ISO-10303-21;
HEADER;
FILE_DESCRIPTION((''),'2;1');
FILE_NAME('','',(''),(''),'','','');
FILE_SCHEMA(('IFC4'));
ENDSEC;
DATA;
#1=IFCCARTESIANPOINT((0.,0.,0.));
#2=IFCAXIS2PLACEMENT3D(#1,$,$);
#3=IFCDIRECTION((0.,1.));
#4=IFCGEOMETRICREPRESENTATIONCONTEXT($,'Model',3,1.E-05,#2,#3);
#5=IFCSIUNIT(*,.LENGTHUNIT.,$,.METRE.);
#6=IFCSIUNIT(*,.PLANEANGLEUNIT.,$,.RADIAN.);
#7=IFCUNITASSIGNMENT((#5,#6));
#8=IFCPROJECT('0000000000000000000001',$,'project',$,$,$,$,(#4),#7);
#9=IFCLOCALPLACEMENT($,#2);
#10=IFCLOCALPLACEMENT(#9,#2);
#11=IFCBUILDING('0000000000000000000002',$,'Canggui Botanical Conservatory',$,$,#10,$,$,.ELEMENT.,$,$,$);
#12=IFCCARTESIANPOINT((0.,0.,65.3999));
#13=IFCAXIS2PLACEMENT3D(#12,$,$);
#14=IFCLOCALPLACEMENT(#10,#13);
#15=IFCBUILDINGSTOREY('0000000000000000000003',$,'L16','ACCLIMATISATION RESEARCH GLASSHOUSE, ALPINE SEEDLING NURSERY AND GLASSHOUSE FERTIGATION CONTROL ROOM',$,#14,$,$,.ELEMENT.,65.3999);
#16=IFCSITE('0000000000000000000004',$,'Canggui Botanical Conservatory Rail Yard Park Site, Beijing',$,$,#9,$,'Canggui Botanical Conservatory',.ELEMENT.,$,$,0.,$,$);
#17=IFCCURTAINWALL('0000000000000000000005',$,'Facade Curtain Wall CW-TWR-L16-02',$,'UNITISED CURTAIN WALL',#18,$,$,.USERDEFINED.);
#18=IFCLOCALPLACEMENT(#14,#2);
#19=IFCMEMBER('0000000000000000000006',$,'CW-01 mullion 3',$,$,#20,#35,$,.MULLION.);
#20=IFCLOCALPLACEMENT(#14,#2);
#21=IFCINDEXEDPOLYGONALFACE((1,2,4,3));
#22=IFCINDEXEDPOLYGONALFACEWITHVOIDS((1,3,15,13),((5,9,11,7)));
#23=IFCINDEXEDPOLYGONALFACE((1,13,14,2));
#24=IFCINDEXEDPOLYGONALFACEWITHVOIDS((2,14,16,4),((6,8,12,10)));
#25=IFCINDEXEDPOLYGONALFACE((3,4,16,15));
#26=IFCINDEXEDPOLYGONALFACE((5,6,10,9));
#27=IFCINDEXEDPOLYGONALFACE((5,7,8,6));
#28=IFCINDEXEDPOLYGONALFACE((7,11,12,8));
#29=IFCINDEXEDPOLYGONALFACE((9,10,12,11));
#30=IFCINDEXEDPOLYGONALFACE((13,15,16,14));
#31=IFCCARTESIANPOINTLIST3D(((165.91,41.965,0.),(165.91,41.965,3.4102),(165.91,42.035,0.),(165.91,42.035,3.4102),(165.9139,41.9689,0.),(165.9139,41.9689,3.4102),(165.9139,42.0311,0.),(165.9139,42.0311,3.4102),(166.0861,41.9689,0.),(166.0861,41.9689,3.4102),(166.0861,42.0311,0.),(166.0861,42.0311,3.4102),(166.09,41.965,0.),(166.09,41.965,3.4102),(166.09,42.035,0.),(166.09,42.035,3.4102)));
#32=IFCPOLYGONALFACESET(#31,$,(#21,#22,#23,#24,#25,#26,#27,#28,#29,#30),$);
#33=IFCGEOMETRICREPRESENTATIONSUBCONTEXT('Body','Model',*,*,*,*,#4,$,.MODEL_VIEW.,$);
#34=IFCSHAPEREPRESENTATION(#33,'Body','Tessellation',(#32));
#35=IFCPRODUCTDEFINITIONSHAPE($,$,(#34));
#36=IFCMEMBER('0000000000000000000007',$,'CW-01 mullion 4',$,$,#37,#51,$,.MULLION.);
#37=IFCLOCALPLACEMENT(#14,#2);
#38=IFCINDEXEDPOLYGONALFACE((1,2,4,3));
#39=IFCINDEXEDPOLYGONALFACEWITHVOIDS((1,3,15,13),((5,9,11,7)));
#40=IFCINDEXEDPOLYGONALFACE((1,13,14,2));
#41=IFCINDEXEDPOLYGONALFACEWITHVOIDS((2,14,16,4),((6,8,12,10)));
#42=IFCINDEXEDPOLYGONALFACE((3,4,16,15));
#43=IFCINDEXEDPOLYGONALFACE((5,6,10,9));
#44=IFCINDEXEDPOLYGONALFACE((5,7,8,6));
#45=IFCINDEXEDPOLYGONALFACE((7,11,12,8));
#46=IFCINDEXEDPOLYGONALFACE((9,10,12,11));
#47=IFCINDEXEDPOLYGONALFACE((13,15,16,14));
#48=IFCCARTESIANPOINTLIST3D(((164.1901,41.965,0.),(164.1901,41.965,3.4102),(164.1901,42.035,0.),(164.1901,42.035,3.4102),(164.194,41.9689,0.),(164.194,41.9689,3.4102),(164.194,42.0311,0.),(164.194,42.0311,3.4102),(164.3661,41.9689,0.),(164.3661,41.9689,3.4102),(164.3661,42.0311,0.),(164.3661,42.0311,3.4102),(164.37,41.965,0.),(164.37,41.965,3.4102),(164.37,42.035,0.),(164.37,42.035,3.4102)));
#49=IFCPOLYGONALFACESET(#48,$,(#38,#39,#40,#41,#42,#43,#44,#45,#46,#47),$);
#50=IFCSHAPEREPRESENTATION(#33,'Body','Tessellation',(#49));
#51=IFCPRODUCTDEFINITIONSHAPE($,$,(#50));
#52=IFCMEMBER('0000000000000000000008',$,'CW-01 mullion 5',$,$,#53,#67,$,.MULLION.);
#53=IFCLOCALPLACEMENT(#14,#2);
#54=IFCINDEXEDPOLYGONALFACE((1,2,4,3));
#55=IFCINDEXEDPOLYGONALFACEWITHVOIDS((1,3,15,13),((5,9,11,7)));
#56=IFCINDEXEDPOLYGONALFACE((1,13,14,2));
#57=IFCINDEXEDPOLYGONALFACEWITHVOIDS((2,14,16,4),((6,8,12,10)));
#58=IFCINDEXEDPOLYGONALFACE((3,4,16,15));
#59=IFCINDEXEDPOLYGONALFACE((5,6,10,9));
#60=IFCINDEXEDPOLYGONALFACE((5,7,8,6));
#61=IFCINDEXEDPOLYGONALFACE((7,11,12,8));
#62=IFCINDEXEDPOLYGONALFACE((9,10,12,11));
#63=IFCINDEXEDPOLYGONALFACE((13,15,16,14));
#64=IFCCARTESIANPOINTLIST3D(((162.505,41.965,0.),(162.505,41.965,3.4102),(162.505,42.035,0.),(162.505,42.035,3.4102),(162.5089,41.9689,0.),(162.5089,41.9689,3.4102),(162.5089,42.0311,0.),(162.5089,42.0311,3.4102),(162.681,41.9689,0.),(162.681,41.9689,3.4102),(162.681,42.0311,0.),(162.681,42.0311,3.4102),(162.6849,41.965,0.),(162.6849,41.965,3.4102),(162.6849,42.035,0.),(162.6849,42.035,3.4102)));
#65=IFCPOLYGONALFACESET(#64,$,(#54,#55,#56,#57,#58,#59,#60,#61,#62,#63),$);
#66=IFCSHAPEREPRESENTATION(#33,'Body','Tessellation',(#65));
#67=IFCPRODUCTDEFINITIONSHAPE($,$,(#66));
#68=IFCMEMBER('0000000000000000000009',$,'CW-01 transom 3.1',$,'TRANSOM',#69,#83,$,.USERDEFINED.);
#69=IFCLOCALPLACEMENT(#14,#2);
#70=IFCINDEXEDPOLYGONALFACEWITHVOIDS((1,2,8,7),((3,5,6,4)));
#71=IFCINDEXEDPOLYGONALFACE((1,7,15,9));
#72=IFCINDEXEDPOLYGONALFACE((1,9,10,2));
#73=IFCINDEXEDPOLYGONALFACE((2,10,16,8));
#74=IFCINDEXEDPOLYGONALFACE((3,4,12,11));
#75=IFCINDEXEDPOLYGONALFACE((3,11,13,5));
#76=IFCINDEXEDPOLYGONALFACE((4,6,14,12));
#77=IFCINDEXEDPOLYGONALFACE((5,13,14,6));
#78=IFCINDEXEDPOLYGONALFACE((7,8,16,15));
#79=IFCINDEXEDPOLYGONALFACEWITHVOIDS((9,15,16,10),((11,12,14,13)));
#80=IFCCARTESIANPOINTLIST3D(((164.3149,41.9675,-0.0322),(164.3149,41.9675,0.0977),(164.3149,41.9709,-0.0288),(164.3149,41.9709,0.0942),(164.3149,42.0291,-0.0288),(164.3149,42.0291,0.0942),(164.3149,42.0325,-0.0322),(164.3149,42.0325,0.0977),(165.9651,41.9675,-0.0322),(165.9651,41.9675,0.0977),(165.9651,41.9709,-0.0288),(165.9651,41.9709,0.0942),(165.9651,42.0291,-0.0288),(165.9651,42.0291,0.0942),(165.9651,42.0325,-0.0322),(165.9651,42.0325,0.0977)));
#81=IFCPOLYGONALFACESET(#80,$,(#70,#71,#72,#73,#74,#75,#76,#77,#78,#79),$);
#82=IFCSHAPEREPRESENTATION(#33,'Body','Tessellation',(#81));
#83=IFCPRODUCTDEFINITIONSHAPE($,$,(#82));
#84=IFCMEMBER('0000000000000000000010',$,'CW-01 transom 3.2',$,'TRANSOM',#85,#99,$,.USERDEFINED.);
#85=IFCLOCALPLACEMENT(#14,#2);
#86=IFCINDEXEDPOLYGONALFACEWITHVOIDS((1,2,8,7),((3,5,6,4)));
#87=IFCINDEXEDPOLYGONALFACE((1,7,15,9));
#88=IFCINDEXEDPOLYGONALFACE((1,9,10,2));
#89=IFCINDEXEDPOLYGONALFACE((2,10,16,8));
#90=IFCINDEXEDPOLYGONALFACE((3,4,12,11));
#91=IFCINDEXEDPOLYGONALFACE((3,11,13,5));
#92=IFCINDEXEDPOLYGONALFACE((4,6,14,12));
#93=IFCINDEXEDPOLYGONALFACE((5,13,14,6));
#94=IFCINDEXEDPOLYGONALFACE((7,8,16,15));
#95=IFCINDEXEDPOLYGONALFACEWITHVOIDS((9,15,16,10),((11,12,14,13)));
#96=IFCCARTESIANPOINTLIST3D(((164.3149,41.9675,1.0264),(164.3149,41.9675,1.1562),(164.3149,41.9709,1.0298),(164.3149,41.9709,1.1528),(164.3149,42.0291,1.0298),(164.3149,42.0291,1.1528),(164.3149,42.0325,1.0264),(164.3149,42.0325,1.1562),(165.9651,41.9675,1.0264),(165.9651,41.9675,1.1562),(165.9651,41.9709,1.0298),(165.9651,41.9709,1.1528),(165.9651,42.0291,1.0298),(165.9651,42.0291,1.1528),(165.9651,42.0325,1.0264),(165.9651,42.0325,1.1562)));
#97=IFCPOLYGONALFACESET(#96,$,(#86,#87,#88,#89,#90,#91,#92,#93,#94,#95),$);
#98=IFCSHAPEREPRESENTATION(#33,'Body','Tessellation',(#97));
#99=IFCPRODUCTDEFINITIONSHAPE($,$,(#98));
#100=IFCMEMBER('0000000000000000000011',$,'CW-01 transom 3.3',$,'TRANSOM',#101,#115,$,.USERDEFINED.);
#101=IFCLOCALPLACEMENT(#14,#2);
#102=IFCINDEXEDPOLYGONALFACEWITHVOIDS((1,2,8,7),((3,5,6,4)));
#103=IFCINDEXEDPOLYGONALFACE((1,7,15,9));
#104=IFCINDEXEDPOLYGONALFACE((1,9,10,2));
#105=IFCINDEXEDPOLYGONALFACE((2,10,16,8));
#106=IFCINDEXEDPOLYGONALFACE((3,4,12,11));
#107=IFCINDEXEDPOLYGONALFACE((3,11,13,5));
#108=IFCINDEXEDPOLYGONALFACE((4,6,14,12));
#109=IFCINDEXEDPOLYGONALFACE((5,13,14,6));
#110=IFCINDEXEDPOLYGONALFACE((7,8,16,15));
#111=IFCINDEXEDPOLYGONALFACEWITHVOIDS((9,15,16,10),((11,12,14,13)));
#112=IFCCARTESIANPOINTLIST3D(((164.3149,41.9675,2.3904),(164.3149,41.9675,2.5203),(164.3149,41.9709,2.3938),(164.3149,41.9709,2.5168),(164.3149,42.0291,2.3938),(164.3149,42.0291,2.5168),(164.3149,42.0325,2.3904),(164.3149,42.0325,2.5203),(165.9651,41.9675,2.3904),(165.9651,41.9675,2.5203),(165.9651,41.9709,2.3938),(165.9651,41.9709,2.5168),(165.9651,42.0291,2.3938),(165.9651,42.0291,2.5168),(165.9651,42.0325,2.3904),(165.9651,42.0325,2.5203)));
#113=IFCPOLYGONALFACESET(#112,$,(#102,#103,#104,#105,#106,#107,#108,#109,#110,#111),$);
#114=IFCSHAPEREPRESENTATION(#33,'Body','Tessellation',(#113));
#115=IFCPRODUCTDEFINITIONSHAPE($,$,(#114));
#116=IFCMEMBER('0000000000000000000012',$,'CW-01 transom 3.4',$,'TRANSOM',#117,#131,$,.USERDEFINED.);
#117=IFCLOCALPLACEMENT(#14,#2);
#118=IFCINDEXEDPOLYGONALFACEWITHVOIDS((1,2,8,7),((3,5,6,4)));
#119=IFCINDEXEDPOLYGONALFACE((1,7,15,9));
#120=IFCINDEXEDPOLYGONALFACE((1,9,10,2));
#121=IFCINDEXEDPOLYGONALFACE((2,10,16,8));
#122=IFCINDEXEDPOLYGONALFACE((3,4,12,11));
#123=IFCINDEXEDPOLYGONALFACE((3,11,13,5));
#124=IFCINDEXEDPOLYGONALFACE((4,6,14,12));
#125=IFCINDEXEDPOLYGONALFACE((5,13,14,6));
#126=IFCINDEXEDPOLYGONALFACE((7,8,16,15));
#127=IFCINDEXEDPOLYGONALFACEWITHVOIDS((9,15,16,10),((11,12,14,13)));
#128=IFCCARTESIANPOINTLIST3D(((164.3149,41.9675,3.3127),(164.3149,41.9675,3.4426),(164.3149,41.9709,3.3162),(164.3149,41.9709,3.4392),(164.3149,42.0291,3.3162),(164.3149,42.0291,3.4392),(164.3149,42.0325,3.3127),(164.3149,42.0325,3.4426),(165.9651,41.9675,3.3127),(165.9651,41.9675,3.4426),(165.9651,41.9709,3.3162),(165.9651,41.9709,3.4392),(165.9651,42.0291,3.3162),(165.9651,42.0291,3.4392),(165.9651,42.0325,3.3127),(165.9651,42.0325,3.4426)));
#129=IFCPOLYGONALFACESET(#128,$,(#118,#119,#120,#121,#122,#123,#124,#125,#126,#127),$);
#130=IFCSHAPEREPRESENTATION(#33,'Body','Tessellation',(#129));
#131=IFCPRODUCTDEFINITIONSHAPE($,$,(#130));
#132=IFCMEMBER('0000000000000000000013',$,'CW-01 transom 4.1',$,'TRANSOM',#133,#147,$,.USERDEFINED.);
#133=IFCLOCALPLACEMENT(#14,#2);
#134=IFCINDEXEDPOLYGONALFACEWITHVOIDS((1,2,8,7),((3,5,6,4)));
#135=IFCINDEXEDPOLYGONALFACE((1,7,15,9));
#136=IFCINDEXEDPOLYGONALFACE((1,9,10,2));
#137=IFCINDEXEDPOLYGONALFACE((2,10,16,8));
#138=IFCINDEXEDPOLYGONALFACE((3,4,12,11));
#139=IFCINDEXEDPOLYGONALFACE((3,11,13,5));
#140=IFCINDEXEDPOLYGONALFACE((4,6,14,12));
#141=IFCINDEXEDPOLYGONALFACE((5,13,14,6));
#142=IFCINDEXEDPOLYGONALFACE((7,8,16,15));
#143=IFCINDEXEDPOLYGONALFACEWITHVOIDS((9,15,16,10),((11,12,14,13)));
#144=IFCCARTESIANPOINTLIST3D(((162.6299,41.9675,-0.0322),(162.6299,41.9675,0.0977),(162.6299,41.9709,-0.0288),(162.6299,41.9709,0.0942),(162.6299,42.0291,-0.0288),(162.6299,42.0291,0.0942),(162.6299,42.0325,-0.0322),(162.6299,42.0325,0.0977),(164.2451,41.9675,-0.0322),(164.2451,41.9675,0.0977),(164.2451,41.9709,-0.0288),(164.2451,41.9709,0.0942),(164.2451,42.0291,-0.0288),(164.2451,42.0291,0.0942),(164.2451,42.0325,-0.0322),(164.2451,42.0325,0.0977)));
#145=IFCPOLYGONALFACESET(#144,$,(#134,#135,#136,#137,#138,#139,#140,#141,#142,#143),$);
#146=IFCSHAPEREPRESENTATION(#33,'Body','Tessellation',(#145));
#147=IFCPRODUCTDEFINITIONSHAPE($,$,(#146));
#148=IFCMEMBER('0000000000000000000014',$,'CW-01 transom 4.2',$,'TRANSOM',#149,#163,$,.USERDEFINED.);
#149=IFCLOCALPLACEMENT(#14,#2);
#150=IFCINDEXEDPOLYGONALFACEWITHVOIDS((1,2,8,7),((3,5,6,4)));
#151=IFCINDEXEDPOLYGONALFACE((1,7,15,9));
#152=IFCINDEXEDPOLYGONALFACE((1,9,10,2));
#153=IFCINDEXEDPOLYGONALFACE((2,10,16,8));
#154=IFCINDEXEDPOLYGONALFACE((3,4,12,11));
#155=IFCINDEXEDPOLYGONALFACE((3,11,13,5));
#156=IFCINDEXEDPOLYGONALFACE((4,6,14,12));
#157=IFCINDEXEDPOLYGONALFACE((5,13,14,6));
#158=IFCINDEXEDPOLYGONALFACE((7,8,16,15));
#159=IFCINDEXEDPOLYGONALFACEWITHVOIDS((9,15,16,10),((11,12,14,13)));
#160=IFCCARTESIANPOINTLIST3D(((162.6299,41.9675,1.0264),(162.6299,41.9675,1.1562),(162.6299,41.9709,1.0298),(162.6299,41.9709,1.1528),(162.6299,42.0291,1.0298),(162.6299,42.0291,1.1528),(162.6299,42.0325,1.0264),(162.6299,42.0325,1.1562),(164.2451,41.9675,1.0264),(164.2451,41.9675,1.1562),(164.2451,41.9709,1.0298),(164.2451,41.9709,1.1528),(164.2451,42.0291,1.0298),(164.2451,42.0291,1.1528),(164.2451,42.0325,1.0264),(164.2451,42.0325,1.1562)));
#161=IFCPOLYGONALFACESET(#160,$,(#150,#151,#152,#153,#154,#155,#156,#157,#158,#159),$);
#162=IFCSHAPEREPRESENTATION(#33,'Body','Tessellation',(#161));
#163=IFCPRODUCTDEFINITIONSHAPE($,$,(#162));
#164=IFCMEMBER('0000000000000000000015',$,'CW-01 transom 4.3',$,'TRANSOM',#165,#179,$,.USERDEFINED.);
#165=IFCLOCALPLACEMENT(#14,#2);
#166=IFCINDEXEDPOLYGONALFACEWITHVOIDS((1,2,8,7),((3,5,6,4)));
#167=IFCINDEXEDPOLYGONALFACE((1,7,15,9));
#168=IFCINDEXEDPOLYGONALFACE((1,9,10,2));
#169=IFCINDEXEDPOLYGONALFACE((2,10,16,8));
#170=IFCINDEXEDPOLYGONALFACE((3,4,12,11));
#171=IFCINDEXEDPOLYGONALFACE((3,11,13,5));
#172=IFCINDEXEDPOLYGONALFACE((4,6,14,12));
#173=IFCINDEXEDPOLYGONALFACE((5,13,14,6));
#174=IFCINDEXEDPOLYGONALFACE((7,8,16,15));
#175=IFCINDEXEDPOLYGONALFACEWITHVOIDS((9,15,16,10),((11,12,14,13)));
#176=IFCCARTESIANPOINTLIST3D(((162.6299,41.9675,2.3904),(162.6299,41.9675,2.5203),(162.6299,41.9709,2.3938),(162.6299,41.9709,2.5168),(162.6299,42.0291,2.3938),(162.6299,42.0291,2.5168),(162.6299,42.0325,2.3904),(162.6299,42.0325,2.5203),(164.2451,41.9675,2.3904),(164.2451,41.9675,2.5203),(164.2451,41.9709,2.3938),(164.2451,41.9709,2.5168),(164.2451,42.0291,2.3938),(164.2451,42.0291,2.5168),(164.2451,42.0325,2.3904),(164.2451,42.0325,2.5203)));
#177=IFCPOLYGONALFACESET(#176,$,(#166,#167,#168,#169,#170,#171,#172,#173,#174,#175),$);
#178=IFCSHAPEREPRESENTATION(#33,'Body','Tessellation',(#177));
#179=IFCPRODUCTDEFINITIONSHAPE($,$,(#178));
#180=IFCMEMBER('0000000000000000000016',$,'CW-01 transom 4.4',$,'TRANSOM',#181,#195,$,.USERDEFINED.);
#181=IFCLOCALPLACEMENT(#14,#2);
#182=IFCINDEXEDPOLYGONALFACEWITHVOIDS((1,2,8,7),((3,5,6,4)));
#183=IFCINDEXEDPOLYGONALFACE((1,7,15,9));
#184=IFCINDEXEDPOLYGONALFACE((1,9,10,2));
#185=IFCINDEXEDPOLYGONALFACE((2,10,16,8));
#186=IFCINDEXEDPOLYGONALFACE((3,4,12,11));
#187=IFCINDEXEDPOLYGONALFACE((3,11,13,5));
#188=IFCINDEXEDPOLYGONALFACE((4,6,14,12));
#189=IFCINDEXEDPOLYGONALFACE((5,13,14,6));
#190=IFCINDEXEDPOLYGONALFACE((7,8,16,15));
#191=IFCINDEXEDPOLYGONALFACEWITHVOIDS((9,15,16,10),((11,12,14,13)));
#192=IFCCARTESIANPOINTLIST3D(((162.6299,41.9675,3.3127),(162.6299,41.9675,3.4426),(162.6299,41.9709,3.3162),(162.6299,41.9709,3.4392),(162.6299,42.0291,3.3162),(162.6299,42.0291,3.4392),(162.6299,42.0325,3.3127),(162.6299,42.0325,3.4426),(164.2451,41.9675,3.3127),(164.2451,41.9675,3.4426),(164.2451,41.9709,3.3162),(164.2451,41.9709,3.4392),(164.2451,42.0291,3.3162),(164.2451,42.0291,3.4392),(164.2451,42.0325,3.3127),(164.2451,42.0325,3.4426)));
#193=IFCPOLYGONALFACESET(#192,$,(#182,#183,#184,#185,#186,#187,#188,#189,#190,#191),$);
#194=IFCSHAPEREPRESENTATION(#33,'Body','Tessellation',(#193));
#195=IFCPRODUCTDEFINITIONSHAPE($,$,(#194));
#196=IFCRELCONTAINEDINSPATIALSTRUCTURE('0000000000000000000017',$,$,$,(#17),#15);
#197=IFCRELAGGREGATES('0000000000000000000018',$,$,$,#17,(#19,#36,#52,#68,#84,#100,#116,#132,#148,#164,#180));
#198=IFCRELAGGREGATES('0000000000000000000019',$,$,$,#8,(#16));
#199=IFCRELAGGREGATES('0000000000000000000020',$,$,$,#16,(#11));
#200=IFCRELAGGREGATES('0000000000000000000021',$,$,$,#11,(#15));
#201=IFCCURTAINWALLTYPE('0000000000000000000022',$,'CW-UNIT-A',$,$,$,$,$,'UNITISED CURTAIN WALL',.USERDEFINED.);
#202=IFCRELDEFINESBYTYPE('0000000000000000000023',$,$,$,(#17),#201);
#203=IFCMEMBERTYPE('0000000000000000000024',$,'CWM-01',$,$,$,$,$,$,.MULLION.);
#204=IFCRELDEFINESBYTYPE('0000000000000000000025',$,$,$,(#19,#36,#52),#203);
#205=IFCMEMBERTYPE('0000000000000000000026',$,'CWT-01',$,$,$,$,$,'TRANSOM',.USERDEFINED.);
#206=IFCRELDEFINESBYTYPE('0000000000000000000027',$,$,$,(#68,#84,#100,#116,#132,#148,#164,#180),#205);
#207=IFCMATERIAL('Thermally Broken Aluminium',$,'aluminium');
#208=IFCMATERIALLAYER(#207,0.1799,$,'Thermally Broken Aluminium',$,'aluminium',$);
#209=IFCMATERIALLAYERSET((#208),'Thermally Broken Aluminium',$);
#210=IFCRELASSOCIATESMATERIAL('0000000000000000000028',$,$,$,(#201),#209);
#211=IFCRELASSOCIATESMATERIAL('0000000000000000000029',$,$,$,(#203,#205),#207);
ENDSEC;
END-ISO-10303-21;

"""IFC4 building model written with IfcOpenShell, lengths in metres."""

from ifc_helpers import new_model, si_unit, direction, frame, origin, origin_2d, place, context, subcontext, project, spatial, hollow_rectangle, extrude, material, layer, layer_set, material_profile, profile_set, type_object, element, aggregate, save


model = new_model("IFC4")

# Units and contexts
model_context = context("Model", 3, precision=1e-05, world=origin(), true_north=direction((0.0, 1.0)))
body_context = subcontext(model_context, "Body", "Model", "MODEL_VIEW")
ifc_project = project(units=[si_unit("LENGTHUNIT", "METRE"), si_unit("PLANEANGLEUNIT", "RADIAN")], contexts=[model_context])

# Site, building, storey
site_placement = place(None, origin())
site = spatial("IfcSite", under=ifc_project, at=site_placement, Name="Canggui Botanical Conservatory Rail Yard Park Site, Beijing", LongName="Canggui Botanical Conservatory", CompositionType="ELEMENT", RefElevation=0.0)
building_placement = place(site_placement, origin())
building = spatial("IfcBuilding", under=site, at=building_placement, Name="Canggui Botanical Conservatory", CompositionType="ELEMENT")
storey_placement = place(building_placement, frame((0.0, 0.0, 65.3999)))
storey = spatial("IfcBuildingStorey", under=building, at=storey_placement, Name="L16", Description="ACCLIMATISATION RESEARCH GLASSHOUSE, ALPINE SEEDLING NURSERY AND GLASSHOUSE FERTIGATION CONTROL ROOM", CompositionType="ELEMENT", Elevation=65.3999)

# Curtain wall, members
ifc_material_1 = material(Name="Thermally Broken Aluminium", Category="aluminium")
ifc_layer_1 = layer(ifc_material_1, 0.1799, Name="Thermally Broken Aluminium", Category="aluminium")
ifc_layer_set_1 = layer_set([ifc_layer_1], Name="Thermally Broken Aluminium")
curtain_wall_type = type_object("IfcCurtainWallType", Name="CW-UNIT-A", ElementType="UNITISED CURTAIN WALL", PredefinedType="USERDEFINED", material=ifc_layer_set_1)
curtain_wall_placement = place(storey_placement, origin())
curtain_wall = element("IfcCurtainWall", 1, at=curtain_wall_placement, inside=storey, type_object=curtain_wall_type, Name="Facade Curtain Wall CW-TWR-L16-02", ObjectType="UNITISED CURTAIN WALL", PredefinedType="USERDEFINED")
ifc_material_profile_1 = material_profile(ifc_material_1, hollow_rectangle(XDim=0.0701, YDim=0.1799, WallThickness=0.0039, at=origin_2d()), Name="CWM 70x180x4")
ifc_profile_set_1 = profile_set([ifc_material_profile_1], Name="Thermally Broken Aluminium")
member_type_1 = type_object("IfcMemberType", Name="CWM-01", PredefinedType="MULLION", material=ifc_profile_set_1)
member_1_placement = place(storey_placement, frame((166.0, 42.0, 0.0), z_axis=(0.0, 0.0, 1.0), x_axis=(0.0, -1.0, 0.0)))
member_1 = element("IfcMember", 2, at=member_1_placement, type_object=member_type_1, Name="CW-01 mullion 3", PredefinedType="MULLION", context=body_context, shape_type="SweptSolid", body=[
    extrude(hollow_rectangle(XDim=0.0701, YDim=0.1799, WallThickness=0.0039, at=origin_2d()), origin(), (0.0, 0.0, 1.0), 3.4102),
])
member_2_placement = place(storey_placement, frame((164.28, 42.0, 0.0), z_axis=(0.0, 0.0, 1.0), x_axis=(0.0, -1.0, 0.0)))
member_2 = element("IfcMember", 3, at=member_2_placement, type_object=member_type_1, Name="CW-01 mullion 4", PredefinedType="MULLION", context=body_context, shape_type="SweptSolid", body=[
    extrude(hollow_rectangle(XDim=0.0701, YDim=0.1799, WallThickness=0.0039, at=origin_2d()), origin(), (0.0, 0.0, 1.0), 3.4102),
])
member_3_placement = place(storey_placement, frame((162.595, 42.0, 0.0), z_axis=(0.0, 0.0, 1.0), x_axis=(0.0, -1.0, 0.0)))
member_3 = element("IfcMember", 4, at=member_3_placement, type_object=member_type_1, Name="CW-01 mullion 5", PredefinedType="MULLION", context=body_context, shape_type="SweptSolid", body=[
    extrude(hollow_rectangle(XDim=0.0701, YDim=0.1799, WallThickness=0.0039, at=origin_2d()), origin(), (0.0, 0.0, 1.0), 3.4102),
])
ifc_material_profile_2 = material_profile(ifc_material_1, hollow_rectangle(XDim=0.0649, YDim=0.1299, WallThickness=0.0034, at=origin_2d()), Name="CWT 65x130x3.5")
ifc_profile_set_2 = profile_set([ifc_material_profile_2], Name="Thermally Broken Aluminium")
member_type_2 = type_object("IfcMemberType", Name="CWT-01", ElementType="TRANSOM", PredefinedType="USERDEFINED", material=ifc_profile_set_2)
member_4_placement = place(storey_placement, frame((165.9651, 42.0, 0.0327), z_axis=(-1.0, 0.0, 0.0), x_axis=(0.0, -1.0, 0.0)))
member_4 = element("IfcMember", 5, at=member_4_placement, type_object=member_type_2, Name="CW-01 transom 3.1", ObjectType="TRANSOM", PredefinedType="USERDEFINED", context=body_context, shape_type="SweptSolid", body=[
    extrude(hollow_rectangle(XDim=0.0649, YDim=0.1299, WallThickness=0.0034, at=origin_2d()), origin(), (0.0, 0.0, 1.0), 1.6501),
])
member_5_placement = place(storey_placement, frame((165.9651, 42.0, 1.0913), z_axis=(-1.0, 0.0, 0.0), x_axis=(0.0, -1.0, 0.0)))
member_5 = element("IfcMember", 6, at=member_5_placement, type_object=member_type_2, Name="CW-01 transom 3.2", ObjectType="TRANSOM", PredefinedType="USERDEFINED", context=body_context, shape_type="SweptSolid", body=[
    extrude(hollow_rectangle(XDim=0.0649, YDim=0.1299, WallThickness=0.0034, at=origin_2d()), origin(), (0.0, 0.0, 1.0), 1.6501),
])
member_6_placement = place(storey_placement, frame((165.9651, 42.0, 2.4553), z_axis=(-1.0, 0.0, 0.0), x_axis=(0.0, -1.0, 0.0)))
member_6 = element("IfcMember", 7, at=member_6_placement, type_object=member_type_2, Name="CW-01 transom 3.3", ObjectType="TRANSOM", PredefinedType="USERDEFINED", context=body_context, shape_type="SweptSolid", body=[
    extrude(hollow_rectangle(XDim=0.0649, YDim=0.1299, WallThickness=0.0034, at=origin_2d()), origin(), (0.0, 0.0, 1.0), 1.6501),
])
member_7_placement = place(storey_placement, frame((165.9651, 42.0, 3.3777), z_axis=(-1.0, 0.0, 0.0), x_axis=(0.0, -1.0, 0.0)))
member_7 = element("IfcMember", 8, at=member_7_placement, type_object=member_type_2, Name="CW-01 transom 3.4", ObjectType="TRANSOM", PredefinedType="USERDEFINED", context=body_context, shape_type="SweptSolid", body=[
    extrude(hollow_rectangle(XDim=0.0649, YDim=0.1299, WallThickness=0.0034, at=origin_2d()), origin(), (0.0, 0.0, 1.0), 1.6501),
])
member_8_placement = place(storey_placement, frame((164.2451, 42.0, 0.0327), z_axis=(-1.0, 0.0, 0.0), x_axis=(0.0, -1.0, 0.0)))
member_8 = element("IfcMember", 9, at=member_8_placement, type_object=member_type_2, Name="CW-01 transom 4.1", ObjectType="TRANSOM", PredefinedType="USERDEFINED", context=body_context, shape_type="SweptSolid", body=[
    extrude(hollow_rectangle(XDim=0.0649, YDim=0.1299, WallThickness=0.0034, at=origin_2d()), origin(), (0.0, 0.0, 1.0), 1.6152),
])
member_9_placement = place(storey_placement, frame((164.2451, 42.0, 1.0913), z_axis=(-1.0, 0.0, 0.0), x_axis=(0.0, -1.0, 0.0)))
member_9 = element("IfcMember", 10, at=member_9_placement, type_object=member_type_2, Name="CW-01 transom 4.2", ObjectType="TRANSOM", PredefinedType="USERDEFINED", context=body_context, shape_type="SweptSolid", body=[
    extrude(hollow_rectangle(XDim=0.0649, YDim=0.1299, WallThickness=0.0034, at=origin_2d()), origin(), (0.0, 0.0, 1.0), 1.6152),
])
member_10_placement = place(storey_placement, frame((164.2451, 42.0, 2.4553), z_axis=(-1.0, 0.0, 0.0), x_axis=(0.0, -1.0, 0.0)))
member_10 = element("IfcMember", 11, at=member_10_placement, type_object=member_type_2, Name="CW-01 transom 4.3", ObjectType="TRANSOM", PredefinedType="USERDEFINED", context=body_context, shape_type="SweptSolid", body=[
    extrude(hollow_rectangle(XDim=0.0649, YDim=0.1299, WallThickness=0.0034, at=origin_2d()), origin(), (0.0, 0.0, 1.0), 1.6152),
])
member_11_placement = place(storey_placement, frame((164.2451, 42.0, 3.3777), z_axis=(-1.0, 0.0, 0.0), x_axis=(0.0, -1.0, 0.0)))
member_11 = element("IfcMember", 12, at=member_11_placement, type_object=member_type_2, Name="CW-01 transom 4.4", ObjectType="TRANSOM", PredefinedType="USERDEFINED", context=body_context, shape_type="SweptSolid", body=[
    extrude(hollow_rectangle(XDim=0.0649, YDim=0.1299, WallThickness=0.0034, at=origin_2d()), origin(), (0.0, 0.0, 1.0), 1.6152),
])
aggregate(curtain_wall, [member_1, member_2, member_3, member_4, member_5, member_6, member_7, member_8, member_9, member_10, member_11])

save(model, "model.ifc")
